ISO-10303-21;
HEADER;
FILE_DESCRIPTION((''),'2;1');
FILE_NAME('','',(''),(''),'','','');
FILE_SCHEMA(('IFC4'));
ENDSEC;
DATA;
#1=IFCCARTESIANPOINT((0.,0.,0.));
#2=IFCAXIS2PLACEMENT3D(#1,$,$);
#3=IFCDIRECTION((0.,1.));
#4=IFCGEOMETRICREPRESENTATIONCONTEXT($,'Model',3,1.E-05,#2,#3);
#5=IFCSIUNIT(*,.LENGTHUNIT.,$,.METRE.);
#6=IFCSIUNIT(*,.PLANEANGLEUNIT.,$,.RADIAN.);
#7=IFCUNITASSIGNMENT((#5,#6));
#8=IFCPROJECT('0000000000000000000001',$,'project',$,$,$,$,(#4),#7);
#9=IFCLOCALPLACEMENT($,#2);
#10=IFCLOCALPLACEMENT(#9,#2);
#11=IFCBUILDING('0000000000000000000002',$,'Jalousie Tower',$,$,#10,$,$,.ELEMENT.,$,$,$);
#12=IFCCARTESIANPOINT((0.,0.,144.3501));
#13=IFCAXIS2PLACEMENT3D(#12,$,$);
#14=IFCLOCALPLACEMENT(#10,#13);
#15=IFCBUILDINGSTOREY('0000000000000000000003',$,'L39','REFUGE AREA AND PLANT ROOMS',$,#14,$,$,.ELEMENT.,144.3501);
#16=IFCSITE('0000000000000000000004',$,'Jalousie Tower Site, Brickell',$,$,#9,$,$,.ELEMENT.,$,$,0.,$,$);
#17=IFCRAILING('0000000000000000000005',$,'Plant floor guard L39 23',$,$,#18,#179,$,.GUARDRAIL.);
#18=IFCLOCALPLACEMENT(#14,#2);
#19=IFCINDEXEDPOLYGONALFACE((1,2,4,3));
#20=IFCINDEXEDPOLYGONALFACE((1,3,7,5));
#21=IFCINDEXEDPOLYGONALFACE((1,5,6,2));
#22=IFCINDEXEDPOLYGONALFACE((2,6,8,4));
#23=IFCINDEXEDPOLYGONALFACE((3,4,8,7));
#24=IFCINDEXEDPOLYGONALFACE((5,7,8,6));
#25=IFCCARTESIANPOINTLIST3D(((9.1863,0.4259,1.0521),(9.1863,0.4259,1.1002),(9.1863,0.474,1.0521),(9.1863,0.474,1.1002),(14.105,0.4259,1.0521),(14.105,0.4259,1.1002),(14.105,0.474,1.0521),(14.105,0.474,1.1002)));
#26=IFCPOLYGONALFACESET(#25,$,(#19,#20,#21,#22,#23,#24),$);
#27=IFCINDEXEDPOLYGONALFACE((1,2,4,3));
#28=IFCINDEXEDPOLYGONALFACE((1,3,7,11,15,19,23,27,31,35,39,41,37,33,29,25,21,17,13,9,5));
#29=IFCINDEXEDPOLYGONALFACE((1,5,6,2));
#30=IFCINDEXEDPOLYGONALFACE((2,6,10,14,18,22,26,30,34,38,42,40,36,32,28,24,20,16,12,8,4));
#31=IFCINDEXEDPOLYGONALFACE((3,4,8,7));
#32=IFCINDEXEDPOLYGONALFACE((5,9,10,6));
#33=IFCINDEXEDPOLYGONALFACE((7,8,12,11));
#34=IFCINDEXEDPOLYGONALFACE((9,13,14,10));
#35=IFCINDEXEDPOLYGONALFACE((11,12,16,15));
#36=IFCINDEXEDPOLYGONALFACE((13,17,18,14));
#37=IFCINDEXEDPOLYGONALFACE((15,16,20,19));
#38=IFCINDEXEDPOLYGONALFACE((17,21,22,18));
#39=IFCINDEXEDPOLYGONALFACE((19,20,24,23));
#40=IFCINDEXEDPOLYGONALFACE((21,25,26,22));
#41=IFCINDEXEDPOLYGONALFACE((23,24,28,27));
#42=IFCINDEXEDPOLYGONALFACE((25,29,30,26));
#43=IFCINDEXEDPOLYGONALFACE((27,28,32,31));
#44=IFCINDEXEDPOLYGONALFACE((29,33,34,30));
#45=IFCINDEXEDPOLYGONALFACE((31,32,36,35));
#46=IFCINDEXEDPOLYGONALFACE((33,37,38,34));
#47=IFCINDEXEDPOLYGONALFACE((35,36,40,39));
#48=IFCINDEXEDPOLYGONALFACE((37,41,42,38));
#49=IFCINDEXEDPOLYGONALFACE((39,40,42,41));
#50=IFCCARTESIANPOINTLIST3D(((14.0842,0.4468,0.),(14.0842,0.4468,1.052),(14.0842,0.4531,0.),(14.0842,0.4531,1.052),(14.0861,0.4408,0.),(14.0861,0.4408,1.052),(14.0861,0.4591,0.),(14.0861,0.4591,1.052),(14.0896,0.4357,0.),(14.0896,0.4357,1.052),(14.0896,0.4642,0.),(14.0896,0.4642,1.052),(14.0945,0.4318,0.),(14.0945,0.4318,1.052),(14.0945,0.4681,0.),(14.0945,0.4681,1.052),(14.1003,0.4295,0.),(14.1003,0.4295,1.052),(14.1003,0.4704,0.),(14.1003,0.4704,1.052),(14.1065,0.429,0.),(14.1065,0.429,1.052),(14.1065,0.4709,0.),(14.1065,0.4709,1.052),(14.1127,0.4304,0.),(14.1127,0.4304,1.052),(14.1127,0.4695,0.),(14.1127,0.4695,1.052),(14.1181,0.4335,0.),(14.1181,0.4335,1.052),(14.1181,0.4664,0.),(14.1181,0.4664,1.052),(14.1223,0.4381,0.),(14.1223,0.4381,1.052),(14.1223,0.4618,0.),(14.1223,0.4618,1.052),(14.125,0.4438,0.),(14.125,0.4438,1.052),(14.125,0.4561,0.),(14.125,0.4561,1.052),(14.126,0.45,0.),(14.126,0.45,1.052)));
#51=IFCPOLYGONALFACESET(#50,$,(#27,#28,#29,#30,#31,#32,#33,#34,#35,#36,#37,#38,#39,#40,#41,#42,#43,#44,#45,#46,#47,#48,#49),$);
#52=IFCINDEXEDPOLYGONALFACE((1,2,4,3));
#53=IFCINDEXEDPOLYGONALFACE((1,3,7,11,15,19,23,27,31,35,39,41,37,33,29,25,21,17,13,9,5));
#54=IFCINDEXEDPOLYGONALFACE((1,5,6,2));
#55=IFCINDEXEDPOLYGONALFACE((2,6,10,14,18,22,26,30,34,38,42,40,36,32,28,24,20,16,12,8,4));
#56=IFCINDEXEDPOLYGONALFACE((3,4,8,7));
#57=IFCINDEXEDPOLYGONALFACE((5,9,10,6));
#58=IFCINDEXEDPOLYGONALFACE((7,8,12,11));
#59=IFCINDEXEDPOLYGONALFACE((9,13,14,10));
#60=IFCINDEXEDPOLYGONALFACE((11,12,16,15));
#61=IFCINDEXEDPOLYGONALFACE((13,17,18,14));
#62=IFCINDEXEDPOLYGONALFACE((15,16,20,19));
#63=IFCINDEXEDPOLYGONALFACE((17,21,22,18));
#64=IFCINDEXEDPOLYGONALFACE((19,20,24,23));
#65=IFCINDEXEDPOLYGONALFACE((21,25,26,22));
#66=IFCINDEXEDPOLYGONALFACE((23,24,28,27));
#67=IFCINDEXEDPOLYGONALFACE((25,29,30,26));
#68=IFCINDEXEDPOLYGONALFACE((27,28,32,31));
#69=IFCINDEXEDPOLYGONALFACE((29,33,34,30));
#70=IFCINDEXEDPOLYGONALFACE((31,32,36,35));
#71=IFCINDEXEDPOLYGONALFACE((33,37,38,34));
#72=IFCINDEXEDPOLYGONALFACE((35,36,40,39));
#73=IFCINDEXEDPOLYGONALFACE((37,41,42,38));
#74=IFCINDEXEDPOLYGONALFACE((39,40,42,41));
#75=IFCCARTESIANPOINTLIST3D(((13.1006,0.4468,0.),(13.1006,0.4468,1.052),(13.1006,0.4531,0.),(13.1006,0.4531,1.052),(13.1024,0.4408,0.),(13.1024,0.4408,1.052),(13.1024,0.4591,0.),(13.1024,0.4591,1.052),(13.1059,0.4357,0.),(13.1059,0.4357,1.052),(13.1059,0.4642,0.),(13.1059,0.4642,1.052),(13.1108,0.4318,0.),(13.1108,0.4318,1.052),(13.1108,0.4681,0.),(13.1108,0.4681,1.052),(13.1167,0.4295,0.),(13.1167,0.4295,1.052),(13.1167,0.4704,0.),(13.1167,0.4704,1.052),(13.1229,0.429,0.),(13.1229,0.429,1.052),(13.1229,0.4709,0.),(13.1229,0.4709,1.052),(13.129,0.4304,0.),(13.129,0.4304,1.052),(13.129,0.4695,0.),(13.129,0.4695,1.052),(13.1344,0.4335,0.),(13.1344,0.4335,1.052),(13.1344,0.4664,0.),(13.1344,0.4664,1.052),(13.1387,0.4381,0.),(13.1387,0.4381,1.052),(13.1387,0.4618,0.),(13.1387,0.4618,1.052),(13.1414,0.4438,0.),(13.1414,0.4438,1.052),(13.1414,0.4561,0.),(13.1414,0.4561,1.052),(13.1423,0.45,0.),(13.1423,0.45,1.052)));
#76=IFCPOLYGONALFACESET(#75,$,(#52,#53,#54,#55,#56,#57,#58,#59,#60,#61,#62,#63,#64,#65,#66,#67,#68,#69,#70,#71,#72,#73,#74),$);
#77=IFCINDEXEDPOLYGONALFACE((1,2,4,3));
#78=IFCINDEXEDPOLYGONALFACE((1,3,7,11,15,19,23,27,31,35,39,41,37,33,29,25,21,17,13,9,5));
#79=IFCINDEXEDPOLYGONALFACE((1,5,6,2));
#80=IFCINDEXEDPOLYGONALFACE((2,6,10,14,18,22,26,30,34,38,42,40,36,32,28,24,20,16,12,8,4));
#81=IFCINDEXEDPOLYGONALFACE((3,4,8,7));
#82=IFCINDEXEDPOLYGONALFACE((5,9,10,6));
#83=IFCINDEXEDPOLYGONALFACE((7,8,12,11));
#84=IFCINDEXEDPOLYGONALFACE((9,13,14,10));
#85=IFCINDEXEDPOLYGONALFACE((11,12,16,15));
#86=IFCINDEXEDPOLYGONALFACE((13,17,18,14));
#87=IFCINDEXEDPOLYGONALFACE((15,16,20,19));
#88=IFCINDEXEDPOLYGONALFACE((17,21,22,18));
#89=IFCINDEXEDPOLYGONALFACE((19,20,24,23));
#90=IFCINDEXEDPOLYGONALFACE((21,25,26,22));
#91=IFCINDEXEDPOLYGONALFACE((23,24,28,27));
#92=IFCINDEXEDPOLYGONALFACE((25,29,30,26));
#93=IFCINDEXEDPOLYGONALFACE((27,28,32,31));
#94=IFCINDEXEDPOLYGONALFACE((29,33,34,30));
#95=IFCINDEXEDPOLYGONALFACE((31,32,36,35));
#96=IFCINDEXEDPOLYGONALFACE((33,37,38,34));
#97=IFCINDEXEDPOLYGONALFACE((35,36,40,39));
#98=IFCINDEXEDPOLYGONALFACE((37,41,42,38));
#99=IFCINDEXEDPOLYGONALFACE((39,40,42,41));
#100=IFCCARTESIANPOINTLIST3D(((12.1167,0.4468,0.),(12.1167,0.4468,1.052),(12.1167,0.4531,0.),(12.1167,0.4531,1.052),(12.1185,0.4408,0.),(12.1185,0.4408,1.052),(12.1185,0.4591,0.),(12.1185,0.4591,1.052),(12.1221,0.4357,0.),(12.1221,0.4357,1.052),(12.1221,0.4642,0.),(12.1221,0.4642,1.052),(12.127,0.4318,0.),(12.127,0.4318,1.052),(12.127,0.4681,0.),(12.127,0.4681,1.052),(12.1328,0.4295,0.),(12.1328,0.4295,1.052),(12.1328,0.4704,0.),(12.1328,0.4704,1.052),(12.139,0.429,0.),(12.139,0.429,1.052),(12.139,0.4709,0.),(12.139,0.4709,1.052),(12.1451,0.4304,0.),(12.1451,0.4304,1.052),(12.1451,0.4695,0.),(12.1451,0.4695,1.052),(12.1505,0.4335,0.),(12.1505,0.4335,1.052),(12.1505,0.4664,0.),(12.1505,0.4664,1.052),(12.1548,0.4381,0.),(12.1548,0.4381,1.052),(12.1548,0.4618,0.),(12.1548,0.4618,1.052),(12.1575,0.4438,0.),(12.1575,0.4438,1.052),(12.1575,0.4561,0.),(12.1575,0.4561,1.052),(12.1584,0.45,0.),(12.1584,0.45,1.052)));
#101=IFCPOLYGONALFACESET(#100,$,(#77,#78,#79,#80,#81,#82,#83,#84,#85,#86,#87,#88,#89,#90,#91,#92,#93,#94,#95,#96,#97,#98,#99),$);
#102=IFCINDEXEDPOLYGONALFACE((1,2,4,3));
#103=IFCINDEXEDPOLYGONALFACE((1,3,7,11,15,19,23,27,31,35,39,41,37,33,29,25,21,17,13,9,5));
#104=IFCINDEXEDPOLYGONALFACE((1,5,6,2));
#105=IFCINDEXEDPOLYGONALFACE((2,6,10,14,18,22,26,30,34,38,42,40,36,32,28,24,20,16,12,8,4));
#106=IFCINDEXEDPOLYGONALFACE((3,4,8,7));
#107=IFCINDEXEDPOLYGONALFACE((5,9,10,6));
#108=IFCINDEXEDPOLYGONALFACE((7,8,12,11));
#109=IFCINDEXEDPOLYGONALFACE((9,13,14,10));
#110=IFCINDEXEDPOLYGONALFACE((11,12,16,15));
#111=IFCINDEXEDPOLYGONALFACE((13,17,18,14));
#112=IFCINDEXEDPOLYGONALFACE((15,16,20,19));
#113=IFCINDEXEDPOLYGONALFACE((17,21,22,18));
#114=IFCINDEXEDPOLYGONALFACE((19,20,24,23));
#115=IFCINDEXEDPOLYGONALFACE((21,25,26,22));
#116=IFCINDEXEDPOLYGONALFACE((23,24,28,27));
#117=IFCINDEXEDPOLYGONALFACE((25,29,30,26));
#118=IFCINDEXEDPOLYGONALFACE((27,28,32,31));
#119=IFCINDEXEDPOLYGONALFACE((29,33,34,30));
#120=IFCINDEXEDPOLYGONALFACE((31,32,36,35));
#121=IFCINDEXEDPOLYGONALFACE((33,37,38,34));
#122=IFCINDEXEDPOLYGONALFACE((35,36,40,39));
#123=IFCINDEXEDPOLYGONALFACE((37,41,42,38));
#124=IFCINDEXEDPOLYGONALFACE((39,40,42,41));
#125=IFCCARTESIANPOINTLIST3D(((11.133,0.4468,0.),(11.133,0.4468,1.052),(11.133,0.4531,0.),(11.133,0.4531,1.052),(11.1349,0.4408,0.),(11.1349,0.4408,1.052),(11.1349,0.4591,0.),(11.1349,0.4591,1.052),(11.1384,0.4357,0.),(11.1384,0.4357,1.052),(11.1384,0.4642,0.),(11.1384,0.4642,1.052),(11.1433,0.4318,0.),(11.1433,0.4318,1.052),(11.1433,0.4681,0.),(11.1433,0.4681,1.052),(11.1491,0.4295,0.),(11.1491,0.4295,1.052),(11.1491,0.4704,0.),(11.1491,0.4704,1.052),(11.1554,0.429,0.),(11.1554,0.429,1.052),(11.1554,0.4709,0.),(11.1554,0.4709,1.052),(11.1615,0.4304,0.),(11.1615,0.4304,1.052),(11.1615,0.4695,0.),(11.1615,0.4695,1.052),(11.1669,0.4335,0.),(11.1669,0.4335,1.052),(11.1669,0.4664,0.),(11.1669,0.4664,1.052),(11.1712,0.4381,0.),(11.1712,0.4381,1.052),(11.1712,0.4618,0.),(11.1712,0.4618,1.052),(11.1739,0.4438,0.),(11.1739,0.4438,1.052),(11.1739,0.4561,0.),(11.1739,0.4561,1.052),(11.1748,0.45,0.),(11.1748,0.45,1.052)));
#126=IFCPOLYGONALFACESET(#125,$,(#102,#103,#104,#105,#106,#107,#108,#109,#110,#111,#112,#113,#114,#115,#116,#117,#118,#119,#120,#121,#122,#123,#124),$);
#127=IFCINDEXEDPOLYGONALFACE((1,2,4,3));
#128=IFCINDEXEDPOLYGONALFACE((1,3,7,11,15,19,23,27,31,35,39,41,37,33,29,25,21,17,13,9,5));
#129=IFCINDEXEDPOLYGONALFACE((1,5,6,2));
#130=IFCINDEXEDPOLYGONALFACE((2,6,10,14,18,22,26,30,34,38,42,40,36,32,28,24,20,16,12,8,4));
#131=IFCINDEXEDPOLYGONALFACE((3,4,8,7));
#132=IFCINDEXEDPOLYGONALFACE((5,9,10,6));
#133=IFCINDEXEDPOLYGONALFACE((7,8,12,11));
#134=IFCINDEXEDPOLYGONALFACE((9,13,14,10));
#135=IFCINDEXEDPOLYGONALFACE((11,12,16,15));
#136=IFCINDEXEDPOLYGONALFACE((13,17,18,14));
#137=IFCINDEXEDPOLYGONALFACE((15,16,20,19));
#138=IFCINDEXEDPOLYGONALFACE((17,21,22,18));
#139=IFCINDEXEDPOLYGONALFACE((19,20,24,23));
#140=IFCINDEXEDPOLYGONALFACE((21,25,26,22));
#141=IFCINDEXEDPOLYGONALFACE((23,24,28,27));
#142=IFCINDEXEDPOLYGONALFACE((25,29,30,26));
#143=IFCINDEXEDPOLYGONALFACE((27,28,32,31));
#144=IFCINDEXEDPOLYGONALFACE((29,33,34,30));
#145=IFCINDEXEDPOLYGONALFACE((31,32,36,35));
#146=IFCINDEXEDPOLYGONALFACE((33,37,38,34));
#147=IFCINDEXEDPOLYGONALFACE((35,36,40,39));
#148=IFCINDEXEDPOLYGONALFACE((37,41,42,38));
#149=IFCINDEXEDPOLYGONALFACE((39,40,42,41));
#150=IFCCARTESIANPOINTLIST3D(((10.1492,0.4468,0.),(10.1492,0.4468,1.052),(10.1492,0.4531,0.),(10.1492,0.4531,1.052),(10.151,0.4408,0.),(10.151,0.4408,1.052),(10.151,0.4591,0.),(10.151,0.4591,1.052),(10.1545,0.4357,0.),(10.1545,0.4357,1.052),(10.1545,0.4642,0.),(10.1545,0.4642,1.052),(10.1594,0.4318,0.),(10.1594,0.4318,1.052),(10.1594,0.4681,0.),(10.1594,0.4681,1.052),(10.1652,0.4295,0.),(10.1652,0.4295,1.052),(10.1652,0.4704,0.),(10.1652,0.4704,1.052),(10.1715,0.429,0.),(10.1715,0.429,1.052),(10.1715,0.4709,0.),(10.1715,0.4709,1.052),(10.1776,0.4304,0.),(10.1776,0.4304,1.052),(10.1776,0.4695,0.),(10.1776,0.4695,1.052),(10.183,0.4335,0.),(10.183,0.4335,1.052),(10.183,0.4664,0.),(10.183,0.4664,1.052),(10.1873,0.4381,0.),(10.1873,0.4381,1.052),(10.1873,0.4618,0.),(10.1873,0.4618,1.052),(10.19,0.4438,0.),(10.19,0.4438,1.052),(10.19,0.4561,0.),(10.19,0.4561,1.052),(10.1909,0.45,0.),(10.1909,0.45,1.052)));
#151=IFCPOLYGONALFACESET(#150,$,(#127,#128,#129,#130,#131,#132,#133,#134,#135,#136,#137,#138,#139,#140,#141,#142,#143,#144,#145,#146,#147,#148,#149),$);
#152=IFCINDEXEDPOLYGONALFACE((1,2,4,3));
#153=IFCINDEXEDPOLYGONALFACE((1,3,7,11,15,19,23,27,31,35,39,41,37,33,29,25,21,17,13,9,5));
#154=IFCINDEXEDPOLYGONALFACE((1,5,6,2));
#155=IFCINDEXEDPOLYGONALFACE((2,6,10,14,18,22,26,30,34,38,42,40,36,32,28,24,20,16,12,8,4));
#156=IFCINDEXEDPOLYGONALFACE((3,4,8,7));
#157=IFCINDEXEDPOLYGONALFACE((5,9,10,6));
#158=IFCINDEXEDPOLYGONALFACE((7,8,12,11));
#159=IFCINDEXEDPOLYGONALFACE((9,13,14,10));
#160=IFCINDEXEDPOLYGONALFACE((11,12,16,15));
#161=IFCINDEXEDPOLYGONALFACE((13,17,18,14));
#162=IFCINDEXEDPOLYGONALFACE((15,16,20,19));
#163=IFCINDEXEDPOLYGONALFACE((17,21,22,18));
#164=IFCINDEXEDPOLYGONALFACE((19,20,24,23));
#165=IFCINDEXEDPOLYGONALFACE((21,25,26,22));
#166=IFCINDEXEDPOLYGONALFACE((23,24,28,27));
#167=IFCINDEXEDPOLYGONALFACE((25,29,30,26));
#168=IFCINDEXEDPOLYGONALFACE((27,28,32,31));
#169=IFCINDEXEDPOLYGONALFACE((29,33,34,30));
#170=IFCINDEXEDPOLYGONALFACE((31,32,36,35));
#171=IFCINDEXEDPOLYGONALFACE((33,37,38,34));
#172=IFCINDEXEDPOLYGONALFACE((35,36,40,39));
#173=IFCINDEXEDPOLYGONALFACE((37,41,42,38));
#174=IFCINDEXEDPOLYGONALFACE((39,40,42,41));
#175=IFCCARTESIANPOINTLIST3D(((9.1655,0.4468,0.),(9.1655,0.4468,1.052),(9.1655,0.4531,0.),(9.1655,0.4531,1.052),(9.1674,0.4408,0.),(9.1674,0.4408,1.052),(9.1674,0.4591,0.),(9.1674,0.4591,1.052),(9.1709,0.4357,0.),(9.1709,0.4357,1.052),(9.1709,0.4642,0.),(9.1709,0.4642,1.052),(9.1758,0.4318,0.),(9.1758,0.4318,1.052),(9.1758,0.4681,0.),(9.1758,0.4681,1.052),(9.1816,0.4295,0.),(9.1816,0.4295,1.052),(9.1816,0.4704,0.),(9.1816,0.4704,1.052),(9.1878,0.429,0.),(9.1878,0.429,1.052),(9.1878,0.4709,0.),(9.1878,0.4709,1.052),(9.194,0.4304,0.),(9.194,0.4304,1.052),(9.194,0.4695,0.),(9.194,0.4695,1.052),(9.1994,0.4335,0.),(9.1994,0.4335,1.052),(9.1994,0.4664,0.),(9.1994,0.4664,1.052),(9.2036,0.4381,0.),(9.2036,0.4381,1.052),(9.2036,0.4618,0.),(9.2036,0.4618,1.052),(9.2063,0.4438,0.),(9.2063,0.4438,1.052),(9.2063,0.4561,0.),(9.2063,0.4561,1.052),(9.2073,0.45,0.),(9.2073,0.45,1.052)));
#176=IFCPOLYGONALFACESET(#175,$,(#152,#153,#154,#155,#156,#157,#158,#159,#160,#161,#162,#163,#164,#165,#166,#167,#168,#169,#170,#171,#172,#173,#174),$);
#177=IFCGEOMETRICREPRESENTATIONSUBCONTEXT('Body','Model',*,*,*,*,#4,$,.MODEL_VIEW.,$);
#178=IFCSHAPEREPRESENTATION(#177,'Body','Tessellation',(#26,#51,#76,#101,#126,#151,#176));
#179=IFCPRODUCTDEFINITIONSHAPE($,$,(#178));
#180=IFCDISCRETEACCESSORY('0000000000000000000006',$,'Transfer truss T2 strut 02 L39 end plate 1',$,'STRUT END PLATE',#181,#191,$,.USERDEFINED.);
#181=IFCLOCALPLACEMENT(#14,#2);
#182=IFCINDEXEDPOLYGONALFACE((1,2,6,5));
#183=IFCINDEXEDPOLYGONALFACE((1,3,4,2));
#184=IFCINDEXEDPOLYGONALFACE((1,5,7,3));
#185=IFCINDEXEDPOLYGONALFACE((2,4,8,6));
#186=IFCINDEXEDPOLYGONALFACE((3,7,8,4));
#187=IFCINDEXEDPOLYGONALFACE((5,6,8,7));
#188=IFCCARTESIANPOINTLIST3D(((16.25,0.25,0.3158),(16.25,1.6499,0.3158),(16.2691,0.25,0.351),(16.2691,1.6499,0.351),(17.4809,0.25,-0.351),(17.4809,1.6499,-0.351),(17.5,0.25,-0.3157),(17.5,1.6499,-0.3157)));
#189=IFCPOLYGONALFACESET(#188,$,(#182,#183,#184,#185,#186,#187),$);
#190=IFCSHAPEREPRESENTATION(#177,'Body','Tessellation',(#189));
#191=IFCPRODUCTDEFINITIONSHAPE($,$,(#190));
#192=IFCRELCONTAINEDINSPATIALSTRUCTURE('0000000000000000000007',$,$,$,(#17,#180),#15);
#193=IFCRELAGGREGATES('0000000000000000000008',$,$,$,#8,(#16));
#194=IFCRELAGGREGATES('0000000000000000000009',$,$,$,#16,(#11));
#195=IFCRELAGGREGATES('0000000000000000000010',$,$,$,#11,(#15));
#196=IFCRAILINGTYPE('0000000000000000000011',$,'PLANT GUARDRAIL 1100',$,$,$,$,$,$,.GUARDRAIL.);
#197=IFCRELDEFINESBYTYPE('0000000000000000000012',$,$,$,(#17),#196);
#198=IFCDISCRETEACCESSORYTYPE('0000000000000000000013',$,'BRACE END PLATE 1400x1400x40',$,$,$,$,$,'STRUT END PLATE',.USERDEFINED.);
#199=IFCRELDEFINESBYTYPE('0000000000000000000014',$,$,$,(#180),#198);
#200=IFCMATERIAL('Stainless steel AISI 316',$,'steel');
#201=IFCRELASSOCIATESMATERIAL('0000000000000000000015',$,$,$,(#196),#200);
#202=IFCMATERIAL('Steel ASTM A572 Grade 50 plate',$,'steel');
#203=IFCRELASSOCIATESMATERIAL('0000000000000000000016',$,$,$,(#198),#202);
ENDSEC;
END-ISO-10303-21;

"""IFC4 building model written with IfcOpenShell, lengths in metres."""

from ifc_helpers import new_model, si_unit, direction, frame, origin, origin_2d, place, context, subcontext, project, spatial, rectangle, circle, extrude, material, material_profile, profile_set, type_object, element, save


model = new_model("IFC4")

# Units and contexts
model_context = context("Model", 3, precision=1e-05, world=origin(), true_north=direction((0.0, 1.0)))
body_context = subcontext(model_context, "Body", "Model", "MODEL_VIEW")
ifc_project = project(units=[si_unit("LENGTHUNIT", "METRE"), si_unit("PLANEANGLEUNIT", "RADIAN")], contexts=[model_context])

# Site, building, storey
site_placement = place(None, origin())
site = spatial("IfcSite", under=ifc_project, at=site_placement, Name="Jalousie Tower Site, Brickell", CompositionType="ELEMENT", RefElevation=0.0)
building_placement = place(site_placement, origin())
building = spatial("IfcBuilding", under=site, at=building_placement, Name="Jalousie Tower", CompositionType="ELEMENT")
storey_placement = place(building_placement, frame((0.0, 0.0, 144.3501)))
storey = spatial("IfcBuildingStorey", under=building, at=storey_placement, Name="L39", Description="REFUGE AREA AND PLANT ROOMS", CompositionType="ELEMENT", Elevation=144.3501)

# Railing
ifc_material_1 = material(Name="Stainless steel AISI 316", Category="steel")
railing_type = type_object("IfcRailingType", Name="PLANT GUARDRAIL 1100", PredefinedType="GUARDRAIL", material=ifc_material_1)
railing_placement = place(storey_placement, frame((14.105, 0.45, 0.0)))
element("IfcRailing", 1, at=railing_placement, inside=storey, type_object=railing_type, Name="Plant floor guard L39 23", PredefinedType="GUARDRAIL", context=body_context, shape_type="SweptSolid", body=[
    extrude(rectangle(XDim=0.0481, YDim=0.0481, at=origin_2d()), frame((0.0, 0.0, 1.0762), z_axis=(-1.0, 0.0, 0.0), x_axis=(0.0, -1.0, 0.0)), (0.0, 0.0, 1.0), 4.9187),
    extrude(circle(Radius=0.021, at=origin_2d()), origin(), (0.0, 0.0, 1.0), 1.052),
    extrude(circle(Radius=0.021, at=origin_2d()), frame((-0.9836, 0.0, 0.0)), (0.0, 0.0, 1.0), 1.052),
    extrude(circle(Radius=0.021, at=origin_2d()), frame((-1.9675, 0.0, 0.0)), (0.0, 0.0, 1.0), 1.052),
    extrude(circle(Radius=0.021, at=origin_2d()), frame((-2.9512, 0.0, 0.0)), (0.0, 0.0, 1.0), 1.052),
    extrude(circle(Radius=0.021, at=origin_2d()), frame((-3.9351, 0.0, 0.0)), (0.0, 0.0, 1.0), 1.052),
    extrude(circle(Radius=0.021, at=origin_2d()), frame((-4.9187, 0.0, 0.0)), (0.0, 0.0, 1.0), 1.052),
])

# Discrete accessory
ifc_material_2 = material(Name="Steel ASTM A572 Grade 50 plate", Category="steel")
ifc_material_profile_1 = material_profile(ifc_material_2, rectangle(XDim=1.3999, YDim=1.3999, at=origin_2d()), Name="BRACE END PLATE 1400x1400x40")
ifc_profile_set_1 = profile_set([ifc_material_profile_1], Name="Steel ASTM A572 Grade 50 plate")
discrete_accessory_type = type_object("IfcDiscreteAccessoryType", Name="BRACE END PLATE 1400x1400x40", ElementType="STRUT END PLATE", PredefinedType="USERDEFINED", material=ifc_profile_set_1)
discrete_accessory_placement = place(storey_placement, frame((16.8655, 0.95, -0.0176), z_axis=(0.476283, 0.0, 0.879292), x_axis=(0.0, 1.0, 0.0)))
element("IfcDiscreteAccessory", 2, at=discrete_accessory_placement, inside=storey, type_object=discrete_accessory_type, Name="Transfer truss T2 strut 02 L39 end plate 1", ObjectType="STRUT END PLATE", PredefinedType="USERDEFINED", context=body_context, shape_type="SweptSolid", body=[
    extrude(rectangle(XDim=1.3999, YDim=1.3999, at=origin_2d()), origin(), (0.0, 0.0, 1.0), 0.04),
])

save(model, "model.ifc")
